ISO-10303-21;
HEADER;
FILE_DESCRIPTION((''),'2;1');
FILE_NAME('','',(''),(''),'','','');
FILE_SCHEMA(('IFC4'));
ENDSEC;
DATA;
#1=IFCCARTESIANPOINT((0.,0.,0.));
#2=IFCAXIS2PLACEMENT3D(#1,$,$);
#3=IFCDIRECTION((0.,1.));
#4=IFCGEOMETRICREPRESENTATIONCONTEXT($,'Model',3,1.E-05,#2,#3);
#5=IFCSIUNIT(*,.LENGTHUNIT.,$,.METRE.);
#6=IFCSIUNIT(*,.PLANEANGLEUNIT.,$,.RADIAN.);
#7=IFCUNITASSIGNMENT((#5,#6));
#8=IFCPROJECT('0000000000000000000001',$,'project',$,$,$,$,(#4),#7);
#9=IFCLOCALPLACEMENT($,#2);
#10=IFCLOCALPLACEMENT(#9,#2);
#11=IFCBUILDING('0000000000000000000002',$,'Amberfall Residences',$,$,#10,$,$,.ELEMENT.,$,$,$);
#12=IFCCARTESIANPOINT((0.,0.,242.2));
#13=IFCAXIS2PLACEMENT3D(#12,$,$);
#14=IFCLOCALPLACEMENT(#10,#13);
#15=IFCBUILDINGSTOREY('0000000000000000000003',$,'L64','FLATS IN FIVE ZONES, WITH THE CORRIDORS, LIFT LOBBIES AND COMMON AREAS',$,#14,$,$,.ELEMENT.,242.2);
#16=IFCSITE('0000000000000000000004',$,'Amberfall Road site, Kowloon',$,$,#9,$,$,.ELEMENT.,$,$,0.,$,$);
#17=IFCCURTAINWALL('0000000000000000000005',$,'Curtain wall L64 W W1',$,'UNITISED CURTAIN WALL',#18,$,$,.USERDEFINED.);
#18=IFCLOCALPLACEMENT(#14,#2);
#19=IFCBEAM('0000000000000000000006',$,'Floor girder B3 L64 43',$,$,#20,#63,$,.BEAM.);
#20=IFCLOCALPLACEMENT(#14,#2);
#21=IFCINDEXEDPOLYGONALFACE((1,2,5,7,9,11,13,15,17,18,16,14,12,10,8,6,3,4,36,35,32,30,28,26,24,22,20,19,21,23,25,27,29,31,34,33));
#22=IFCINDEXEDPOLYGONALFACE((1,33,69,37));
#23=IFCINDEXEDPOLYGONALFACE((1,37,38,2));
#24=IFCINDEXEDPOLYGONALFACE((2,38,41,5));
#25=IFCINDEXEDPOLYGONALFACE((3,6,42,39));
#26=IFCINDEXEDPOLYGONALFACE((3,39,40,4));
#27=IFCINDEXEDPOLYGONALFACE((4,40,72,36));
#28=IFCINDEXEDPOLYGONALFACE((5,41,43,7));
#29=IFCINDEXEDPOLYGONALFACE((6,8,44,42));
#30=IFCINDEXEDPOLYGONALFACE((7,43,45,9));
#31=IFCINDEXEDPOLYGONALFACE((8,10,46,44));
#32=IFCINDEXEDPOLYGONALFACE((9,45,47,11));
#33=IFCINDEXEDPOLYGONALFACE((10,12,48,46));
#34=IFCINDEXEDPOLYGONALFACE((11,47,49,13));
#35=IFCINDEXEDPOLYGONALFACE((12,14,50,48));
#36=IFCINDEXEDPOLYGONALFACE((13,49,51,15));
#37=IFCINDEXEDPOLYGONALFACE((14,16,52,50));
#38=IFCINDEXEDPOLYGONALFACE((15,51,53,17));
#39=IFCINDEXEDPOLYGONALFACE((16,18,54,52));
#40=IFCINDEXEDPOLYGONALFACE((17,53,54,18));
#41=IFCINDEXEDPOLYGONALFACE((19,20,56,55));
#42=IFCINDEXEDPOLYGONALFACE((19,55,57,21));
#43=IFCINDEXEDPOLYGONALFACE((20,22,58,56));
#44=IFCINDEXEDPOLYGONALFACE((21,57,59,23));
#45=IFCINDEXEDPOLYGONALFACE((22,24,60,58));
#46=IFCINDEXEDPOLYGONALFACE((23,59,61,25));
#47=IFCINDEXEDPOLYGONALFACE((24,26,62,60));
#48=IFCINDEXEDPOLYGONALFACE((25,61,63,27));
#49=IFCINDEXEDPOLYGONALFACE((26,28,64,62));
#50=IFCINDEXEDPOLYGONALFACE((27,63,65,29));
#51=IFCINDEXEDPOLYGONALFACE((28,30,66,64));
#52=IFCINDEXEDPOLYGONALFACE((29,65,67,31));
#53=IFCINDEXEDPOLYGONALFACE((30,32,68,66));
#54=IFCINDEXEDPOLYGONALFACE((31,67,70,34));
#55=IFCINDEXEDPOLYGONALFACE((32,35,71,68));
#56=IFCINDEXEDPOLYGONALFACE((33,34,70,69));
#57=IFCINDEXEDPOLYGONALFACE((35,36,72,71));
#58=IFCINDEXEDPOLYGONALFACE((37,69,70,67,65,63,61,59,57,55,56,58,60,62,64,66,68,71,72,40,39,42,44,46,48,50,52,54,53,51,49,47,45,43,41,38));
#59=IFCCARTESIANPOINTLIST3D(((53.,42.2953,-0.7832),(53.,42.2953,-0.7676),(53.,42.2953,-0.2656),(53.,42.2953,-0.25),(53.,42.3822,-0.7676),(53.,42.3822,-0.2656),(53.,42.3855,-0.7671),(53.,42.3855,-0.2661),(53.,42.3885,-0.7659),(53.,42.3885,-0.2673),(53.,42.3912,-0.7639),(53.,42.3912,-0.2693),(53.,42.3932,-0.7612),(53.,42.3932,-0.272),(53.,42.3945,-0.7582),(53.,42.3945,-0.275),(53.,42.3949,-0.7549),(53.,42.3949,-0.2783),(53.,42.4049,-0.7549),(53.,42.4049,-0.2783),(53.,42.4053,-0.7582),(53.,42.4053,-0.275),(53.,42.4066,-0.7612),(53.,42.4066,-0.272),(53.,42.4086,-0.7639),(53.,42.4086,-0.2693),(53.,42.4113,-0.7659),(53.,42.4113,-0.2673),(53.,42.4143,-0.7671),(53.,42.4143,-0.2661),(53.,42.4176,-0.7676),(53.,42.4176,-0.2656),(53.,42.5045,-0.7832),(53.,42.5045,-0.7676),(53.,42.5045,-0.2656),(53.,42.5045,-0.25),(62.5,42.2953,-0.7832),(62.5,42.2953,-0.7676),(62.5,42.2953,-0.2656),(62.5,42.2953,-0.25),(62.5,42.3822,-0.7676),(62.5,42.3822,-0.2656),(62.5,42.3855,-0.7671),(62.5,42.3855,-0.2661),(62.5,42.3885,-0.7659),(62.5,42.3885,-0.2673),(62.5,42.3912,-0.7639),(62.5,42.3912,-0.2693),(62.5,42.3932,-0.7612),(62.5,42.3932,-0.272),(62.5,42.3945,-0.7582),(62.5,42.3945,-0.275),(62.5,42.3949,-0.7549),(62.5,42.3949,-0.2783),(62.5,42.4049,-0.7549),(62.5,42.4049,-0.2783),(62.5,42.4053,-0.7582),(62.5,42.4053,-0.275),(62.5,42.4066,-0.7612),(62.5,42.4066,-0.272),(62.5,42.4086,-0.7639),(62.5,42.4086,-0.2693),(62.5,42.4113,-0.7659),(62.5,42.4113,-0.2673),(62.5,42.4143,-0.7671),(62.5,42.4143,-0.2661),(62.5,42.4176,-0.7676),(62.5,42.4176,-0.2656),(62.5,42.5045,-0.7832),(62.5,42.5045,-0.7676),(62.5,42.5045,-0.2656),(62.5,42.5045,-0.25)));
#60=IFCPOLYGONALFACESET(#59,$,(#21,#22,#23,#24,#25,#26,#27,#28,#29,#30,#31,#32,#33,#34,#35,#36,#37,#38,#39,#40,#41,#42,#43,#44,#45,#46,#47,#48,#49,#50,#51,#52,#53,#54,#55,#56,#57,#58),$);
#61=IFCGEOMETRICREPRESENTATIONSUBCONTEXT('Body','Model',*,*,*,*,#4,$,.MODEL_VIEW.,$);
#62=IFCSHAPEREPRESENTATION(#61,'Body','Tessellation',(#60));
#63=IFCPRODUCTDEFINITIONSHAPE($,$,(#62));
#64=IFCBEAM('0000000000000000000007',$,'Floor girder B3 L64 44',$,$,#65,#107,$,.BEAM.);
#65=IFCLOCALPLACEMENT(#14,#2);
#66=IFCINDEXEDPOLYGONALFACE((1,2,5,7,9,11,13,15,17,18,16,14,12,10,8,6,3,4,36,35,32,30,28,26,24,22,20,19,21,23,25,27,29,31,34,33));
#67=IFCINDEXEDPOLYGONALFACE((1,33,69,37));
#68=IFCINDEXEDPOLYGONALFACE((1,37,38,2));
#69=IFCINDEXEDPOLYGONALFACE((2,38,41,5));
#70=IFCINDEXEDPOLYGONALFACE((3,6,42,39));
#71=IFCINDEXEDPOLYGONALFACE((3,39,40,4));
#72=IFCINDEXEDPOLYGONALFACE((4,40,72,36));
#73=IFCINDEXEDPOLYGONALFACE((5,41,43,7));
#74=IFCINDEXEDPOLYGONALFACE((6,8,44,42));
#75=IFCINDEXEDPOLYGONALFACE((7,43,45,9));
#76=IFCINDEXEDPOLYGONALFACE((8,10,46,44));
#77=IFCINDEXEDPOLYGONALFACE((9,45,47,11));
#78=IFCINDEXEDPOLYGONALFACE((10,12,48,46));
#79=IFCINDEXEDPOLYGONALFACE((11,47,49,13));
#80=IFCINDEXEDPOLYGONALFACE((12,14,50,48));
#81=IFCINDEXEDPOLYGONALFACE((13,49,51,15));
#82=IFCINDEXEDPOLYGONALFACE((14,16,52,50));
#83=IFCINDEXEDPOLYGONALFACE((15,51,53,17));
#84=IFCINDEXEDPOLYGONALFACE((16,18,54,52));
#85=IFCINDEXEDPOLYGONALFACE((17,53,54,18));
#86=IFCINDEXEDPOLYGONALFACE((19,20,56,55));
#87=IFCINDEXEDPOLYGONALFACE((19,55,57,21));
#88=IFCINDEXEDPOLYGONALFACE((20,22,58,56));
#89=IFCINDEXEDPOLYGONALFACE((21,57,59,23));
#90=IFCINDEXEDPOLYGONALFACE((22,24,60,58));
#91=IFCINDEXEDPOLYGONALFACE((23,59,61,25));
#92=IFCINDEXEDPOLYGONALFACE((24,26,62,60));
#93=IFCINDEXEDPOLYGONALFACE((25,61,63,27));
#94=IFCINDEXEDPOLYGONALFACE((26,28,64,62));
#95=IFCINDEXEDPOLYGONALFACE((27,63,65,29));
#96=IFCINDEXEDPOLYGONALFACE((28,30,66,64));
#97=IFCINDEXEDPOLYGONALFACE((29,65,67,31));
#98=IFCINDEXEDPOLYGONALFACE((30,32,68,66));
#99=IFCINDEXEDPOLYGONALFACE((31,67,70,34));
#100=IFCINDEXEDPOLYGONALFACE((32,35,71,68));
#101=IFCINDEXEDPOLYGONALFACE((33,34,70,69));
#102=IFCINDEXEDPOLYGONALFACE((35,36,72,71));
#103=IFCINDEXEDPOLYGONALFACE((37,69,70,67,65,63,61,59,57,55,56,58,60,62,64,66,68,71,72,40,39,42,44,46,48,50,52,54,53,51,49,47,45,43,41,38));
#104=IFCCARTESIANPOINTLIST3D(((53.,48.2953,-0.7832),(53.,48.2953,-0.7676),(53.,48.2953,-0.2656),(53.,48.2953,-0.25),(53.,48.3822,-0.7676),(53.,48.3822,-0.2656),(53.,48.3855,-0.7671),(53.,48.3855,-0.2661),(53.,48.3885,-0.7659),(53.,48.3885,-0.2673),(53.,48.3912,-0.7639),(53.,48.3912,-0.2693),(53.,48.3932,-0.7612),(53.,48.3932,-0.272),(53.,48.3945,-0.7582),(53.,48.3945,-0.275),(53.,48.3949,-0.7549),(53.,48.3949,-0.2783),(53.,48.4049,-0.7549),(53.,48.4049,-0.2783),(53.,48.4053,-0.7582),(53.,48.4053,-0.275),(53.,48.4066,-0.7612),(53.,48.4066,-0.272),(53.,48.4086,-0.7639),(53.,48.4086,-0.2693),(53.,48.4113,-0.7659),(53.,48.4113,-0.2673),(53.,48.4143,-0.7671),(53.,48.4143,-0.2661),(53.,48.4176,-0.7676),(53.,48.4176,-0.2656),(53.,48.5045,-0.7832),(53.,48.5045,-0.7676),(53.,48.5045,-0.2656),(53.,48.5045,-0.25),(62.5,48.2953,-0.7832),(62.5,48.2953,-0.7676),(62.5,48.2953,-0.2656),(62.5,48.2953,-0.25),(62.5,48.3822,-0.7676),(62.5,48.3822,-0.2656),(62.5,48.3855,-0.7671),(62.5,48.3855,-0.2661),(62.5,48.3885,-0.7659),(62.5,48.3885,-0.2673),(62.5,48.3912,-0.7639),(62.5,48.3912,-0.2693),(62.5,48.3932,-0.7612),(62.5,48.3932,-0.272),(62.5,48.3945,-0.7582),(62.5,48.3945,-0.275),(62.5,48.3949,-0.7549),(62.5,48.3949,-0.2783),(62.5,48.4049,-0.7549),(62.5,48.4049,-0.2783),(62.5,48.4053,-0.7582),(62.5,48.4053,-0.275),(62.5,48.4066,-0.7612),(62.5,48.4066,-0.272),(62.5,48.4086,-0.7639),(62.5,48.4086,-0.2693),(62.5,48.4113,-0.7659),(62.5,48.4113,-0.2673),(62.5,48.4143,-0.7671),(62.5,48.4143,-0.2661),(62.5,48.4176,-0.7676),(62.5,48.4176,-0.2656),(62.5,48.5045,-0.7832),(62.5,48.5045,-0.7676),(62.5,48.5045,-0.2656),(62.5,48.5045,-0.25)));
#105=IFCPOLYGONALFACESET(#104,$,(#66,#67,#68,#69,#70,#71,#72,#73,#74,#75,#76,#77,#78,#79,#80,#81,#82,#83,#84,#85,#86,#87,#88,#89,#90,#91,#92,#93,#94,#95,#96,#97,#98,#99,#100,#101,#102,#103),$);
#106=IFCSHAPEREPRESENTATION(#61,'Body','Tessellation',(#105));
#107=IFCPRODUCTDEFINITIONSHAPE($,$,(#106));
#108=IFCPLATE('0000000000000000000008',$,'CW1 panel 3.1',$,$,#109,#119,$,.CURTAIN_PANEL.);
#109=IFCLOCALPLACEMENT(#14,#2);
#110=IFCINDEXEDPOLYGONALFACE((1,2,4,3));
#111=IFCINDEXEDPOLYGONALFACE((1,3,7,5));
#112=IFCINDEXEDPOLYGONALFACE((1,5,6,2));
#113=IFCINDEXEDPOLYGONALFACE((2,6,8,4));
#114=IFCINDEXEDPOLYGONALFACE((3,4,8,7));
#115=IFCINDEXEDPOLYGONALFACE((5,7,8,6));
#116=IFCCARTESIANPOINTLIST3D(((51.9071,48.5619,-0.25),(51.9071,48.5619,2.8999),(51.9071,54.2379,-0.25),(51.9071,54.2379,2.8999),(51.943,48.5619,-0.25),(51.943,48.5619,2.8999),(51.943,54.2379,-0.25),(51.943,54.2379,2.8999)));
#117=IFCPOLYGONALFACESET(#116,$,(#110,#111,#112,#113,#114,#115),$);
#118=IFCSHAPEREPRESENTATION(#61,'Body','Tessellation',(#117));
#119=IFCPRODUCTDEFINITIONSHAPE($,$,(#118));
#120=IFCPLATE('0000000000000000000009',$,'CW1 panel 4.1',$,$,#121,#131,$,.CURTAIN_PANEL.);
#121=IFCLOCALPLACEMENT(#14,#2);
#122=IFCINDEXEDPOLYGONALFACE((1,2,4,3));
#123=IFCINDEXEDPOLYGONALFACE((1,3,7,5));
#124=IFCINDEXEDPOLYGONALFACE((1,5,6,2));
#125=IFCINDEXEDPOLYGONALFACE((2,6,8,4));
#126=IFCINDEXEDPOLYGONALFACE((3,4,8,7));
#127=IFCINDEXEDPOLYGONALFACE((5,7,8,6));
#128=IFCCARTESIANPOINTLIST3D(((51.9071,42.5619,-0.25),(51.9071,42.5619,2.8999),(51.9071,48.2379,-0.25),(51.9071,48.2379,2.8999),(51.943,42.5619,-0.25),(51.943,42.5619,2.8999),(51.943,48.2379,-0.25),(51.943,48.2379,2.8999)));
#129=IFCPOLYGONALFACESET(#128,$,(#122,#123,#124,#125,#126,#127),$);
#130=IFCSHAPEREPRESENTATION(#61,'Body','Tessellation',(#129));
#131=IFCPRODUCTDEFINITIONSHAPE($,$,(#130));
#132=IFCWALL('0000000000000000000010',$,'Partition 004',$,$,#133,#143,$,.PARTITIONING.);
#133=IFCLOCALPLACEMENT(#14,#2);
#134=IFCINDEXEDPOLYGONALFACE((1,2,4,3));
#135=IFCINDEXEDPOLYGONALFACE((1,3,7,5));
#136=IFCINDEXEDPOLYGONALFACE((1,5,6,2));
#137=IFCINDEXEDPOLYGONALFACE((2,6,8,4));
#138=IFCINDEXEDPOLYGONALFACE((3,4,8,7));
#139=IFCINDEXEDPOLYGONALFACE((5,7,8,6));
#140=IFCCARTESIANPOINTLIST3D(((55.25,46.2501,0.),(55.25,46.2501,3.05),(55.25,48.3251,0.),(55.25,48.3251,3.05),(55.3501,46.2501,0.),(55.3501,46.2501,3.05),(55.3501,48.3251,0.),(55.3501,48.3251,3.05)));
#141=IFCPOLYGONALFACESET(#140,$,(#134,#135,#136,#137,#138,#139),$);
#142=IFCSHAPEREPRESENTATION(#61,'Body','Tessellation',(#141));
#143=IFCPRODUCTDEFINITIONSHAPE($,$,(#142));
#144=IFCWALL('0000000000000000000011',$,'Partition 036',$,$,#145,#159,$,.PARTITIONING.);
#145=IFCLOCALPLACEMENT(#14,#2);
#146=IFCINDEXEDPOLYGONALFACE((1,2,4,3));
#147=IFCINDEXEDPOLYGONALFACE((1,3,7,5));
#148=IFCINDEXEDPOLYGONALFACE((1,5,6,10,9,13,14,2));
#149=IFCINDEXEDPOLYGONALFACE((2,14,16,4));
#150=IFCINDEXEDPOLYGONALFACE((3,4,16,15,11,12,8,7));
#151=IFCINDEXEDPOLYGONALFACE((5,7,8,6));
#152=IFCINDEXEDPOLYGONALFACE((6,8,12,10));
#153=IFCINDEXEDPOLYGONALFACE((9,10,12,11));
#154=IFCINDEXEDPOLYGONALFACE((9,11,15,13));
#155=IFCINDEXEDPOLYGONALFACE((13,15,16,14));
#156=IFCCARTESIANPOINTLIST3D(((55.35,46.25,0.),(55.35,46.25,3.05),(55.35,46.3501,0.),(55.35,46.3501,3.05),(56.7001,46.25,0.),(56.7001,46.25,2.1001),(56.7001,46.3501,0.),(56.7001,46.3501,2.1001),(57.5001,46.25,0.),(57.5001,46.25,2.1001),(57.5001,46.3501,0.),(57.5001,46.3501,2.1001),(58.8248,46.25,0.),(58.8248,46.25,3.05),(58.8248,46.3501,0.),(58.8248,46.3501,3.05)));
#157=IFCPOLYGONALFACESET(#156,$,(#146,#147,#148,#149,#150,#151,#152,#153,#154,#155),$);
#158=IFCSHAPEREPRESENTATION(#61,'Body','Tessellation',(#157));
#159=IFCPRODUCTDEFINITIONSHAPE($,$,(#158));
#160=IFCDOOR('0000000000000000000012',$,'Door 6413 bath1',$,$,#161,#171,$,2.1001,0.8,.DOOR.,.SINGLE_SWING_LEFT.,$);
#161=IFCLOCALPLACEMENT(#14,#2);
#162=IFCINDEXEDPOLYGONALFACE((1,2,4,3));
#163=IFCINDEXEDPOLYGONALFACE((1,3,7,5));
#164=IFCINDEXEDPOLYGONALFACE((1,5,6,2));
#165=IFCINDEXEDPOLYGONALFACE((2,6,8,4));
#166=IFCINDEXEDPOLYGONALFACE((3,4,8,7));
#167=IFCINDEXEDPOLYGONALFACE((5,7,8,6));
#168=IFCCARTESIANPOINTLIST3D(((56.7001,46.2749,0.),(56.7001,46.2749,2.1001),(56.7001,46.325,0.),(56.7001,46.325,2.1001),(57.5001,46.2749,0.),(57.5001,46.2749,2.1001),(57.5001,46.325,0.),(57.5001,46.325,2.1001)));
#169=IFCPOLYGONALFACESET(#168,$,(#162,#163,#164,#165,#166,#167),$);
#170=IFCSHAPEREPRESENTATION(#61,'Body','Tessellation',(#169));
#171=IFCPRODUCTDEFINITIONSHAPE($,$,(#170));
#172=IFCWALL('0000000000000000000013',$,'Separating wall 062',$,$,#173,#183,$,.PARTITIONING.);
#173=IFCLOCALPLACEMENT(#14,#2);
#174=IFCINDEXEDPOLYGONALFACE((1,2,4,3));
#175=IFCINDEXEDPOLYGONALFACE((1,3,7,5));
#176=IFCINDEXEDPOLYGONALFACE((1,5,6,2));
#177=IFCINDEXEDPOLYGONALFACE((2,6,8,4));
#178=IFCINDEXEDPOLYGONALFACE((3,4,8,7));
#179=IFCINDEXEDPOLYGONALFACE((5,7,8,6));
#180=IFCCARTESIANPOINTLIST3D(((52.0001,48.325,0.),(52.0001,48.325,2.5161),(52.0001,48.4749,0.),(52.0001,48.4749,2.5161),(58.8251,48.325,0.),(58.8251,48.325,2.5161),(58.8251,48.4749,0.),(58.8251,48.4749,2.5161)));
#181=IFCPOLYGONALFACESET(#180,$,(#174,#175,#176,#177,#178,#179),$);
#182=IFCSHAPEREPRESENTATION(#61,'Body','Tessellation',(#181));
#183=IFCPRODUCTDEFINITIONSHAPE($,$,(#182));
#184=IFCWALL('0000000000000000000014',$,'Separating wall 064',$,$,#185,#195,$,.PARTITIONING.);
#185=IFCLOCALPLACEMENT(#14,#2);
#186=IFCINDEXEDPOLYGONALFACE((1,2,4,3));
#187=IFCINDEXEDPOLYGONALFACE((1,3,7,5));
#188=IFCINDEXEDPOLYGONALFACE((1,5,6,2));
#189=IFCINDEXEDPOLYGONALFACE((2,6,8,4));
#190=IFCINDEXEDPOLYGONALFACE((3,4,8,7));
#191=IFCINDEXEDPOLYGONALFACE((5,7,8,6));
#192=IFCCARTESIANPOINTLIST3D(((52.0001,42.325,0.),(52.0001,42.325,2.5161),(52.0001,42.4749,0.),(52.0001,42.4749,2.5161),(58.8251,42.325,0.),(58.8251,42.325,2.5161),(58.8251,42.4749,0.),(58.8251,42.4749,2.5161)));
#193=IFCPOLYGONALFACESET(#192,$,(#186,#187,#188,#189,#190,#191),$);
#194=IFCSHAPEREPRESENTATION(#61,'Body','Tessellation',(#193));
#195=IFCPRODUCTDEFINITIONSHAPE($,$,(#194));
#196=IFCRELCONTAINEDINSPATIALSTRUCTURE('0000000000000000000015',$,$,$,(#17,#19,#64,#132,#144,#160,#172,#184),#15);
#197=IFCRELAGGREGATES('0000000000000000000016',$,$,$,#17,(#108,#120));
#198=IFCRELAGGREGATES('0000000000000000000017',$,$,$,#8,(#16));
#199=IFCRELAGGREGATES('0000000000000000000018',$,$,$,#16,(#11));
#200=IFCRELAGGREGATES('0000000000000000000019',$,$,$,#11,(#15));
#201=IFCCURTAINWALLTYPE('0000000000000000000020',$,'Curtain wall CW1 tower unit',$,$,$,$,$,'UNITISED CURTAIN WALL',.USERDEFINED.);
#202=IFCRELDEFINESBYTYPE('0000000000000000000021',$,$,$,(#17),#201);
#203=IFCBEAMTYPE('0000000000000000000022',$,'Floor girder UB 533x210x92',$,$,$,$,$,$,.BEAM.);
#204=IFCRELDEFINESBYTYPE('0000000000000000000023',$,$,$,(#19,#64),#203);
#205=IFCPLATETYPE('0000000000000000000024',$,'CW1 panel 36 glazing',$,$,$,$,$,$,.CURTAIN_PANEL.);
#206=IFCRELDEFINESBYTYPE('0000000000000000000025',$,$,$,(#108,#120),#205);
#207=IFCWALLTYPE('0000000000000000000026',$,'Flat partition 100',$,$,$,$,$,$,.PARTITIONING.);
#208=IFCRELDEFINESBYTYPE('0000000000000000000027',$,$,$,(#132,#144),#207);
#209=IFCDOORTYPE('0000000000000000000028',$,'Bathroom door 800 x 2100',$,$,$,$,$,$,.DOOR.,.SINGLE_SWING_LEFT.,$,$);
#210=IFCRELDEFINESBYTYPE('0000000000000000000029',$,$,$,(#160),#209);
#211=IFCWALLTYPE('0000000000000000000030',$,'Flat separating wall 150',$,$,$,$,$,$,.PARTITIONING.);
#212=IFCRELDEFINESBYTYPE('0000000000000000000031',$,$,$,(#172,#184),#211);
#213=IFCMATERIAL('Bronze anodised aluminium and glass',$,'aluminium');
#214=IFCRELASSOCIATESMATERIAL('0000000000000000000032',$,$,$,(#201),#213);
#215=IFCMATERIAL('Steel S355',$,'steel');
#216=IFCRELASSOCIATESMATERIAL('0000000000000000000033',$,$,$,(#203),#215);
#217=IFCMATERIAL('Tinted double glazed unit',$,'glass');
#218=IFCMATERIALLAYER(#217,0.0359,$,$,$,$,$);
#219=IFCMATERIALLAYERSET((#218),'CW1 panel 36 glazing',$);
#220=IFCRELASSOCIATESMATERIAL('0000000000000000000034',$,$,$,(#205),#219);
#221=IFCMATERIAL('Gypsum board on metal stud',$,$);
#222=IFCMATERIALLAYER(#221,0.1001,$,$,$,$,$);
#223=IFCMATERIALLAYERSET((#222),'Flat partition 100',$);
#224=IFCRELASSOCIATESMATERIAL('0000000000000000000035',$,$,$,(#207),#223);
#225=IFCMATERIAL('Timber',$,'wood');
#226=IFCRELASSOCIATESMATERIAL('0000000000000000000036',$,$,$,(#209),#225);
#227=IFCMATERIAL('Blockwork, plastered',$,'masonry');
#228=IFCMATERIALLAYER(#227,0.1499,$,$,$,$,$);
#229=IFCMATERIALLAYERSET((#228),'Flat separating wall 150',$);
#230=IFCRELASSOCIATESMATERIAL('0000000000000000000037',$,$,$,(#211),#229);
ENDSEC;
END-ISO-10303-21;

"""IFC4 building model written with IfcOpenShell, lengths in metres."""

from ifc_helpers import new_model, si_unit, direction, frame, frame_2d, origin, origin_2d, place, context, subcontext, project, spatial, rectangle, i_section, extrude, material, layer, layer_set, material_profile, profile_set, type_object, element, fill, aggregate, save


model = new_model("IFC4")

# Units and contexts
model_context = context("Model", 3, precision=1e-05, world=origin(), true_north=direction((0.0, 1.0)))
body_context = subcontext(model_context, "Body", "Model", "MODEL_VIEW")
ifc_project = project(units=[si_unit("LENGTHUNIT", "METRE"), si_unit("PLANEANGLEUNIT", "RADIAN")], contexts=[model_context])

# Site, building, storey
site_placement = place(None, origin())
site = spatial("IfcSite", under=ifc_project, at=site_placement, Name="Amberfall Road site, Kowloon", CompositionType="ELEMENT", RefElevation=0.0)
building_placement = place(site_placement, origin())
building = spatial("IfcBuilding", under=site, at=building_placement, Name="Amberfall Residences", CompositionType="ELEMENT")
storey_placement = place(building_placement, frame((0.0, 0.0, 242.2)))
storey = spatial("IfcBuildingStorey", under=building, at=storey_placement, Name="L64", Description="FLATS IN FIVE ZONES, WITH THE CORRIDORS, LIFT LOBBIES AND COMMON AREAS", CompositionType="ELEMENT", Elevation=242.2)

# Curtain wall
ifc_material_1 = material(Name="Bronze anodised aluminium and glass", Category="aluminium")
curtain_wall_type = type_object("IfcCurtainWallType", Name="Curtain wall CW1 tower unit", ElementType="UNITISED CURTAIN WALL", PredefinedType="USERDEFINED", material=ifc_material_1)
curtain_wall_placement = place(storey_placement, origin())
curtain_wall = element("IfcCurtainWall", 1, at=curtain_wall_placement, inside=storey, type_object=curtain_wall_type, Name="Curtain wall L64 W W1", ObjectType="UNITISED CURTAIN WALL", PredefinedType="USERDEFINED")

# Shared definitions
ifc_material_2 = material(Name="Steel S355", Category="steel")

# Beams
ifc_material_profile_1 = material_profile(ifc_material_2, i_section(OverallWidth=0.2092, OverallDepth=0.5332, WebThickness=0.01, FlangeThickness=0.0156, FilletRadius=0.0127, at=origin_2d()), Name="UB 533x210x92")
ifc_profile_set_1 = profile_set([ifc_material_profile_1], Name="Steel S355")
beam_type_1 = type_object("IfcBeamType", Name="Floor girder UB 533x210x92", PredefinedType="BEAM", material=ifc_profile_set_1)
for number, where, z_axis, x_axis, name in (
    (2, (53.0, 42.3999, -0.5166), (1.0, 0.0, 0.0), (0.0, 1.0, 0.0), "Floor girder B3 L64 43"),
    (3, (53.0, 48.3999, -0.5166), (1.0, 0.0, 0.0), (0.0, 1.0, 0.0), "Floor girder B3 L64 44"),
):
    element("IfcBeam", number, at=place(storey_placement, frame(where, z_axis=z_axis, x_axis=x_axis)), inside=storey, type_object=beam_type_1, Name=name, PredefinedType="BEAM", context=body_context, shape_type="SweptSolid", body=[
        extrude(i_section(OverallWidth=0.2092, OverallDepth=0.5332, WebThickness=0.01, FlangeThickness=0.0156, FilletRadius=0.0127, at=origin_2d()), origin(), (0.0, 0.0, 1.0), 9.5),
    ])

# Plates
ifc_material_3 = material(Name="Tinted double glazed unit", Category="glass")
ifc_layer_1 = layer(ifc_material_3, 0.0359)
ifc_layer_set_1 = layer_set([ifc_layer_1], Name="CW1 panel 36 glazing")
plate_type = type_object("IfcPlateType", Name="CW1 panel 36 glazing", PredefinedType="CURTAIN_PANEL", material=ifc_layer_set_1)
plate_1_placement = place(storey_placement, frame((51.925, 51.3999, -0.25), z_axis=(0.0, 0.0, 1.0), x_axis=(0.0, -1.0, 0.0)))
plate_1 = element("IfcPlate", 4, at=plate_1_placement, type_object=plate_type, Name="CW1 panel 3.1", PredefinedType="CURTAIN_PANEL", context=body_context, shape_type="SweptSolid", body=[
    extrude(rectangle(XDim=5.676, YDim=0.0359, at=origin_2d()), origin(), (0.0, 0.0, 1.0), 3.1499),
])
plate_2_placement = place(storey_placement, frame((51.925, 45.3999, -0.25), z_axis=(0.0, 0.0, 1.0), x_axis=(0.0, -1.0, 0.0)))
plate_2 = element("IfcPlate", 5, at=plate_2_placement, type_object=plate_type, Name="CW1 panel 4.1", PredefinedType="CURTAIN_PANEL", context=body_context, shape_type="SweptSolid", body=[
    extrude(rectangle(XDim=5.676, YDim=0.0359, at=origin_2d()), origin(), (0.0, 0.0, 1.0), 3.1499),
])
aggregate(curtain_wall, [plate_1, plate_2])

# Wall
ifc_material_4 = material(Name="Gypsum board on metal stud")
ifc_layer_2 = layer(ifc_material_4, 0.1001)
ifc_layer_set_2 = layer_set([ifc_layer_2], Name="Flat partition 100")
wall_type_1 = type_object("IfcWallType", Name="Flat partition 100", PredefinedType="PARTITIONING", material=ifc_layer_set_2)
wall_1_placement = place(storey_placement, frame((55.3, 46.25, 0.0), z_axis=(0.0, 0.0, 1.0), x_axis=(0.0, 1.0, 0.0)))
element("IfcWall", 6, at=wall_1_placement, inside=storey, type_object=wall_type_1, Name="Partition 004", PredefinedType="PARTITIONING", context=body_context, shape_type="SweptSolid", body=[
    extrude(rectangle(XDim=2.075, YDim=0.1001, at=frame_2d((1.0376, 0.0))), origin(), (0.0, 0.0, 1.0), 3.05),
])

# Wall, opening, door
wall_2_placement = place(storey_placement, frame((55.3501, 46.3, 0.0), z_axis=(0.0, 0.0, 1.0), x_axis=(1.0, 0.0, 0.0)))
wall_2 = element("IfcWall", 7, at=wall_2_placement, inside=storey, type_object=wall_type_1, Name="Partition 036", PredefinedType="PARTITIONING", context=body_context, shape_type="SweptSolid", body=[
    extrude(rectangle(XDim=3.4749, YDim=0.1001, at=frame_2d((1.7373, 0.0))), origin(), (0.0, 0.0, 1.0), 3.05),
])
opening_placement = place(wall_2_placement, frame((1.3501, 0.0, 0.0)))
opening = element("IfcOpeningElement", 8, at=opening_placement, cuts=wall_2, PredefinedType="OPENING", context=body_context, shape_type="SweptSolid", body=[
    extrude(rectangle(XDim=0.8, YDim=2.1001, at=frame_2d((0.3999, 1.05))), frame((0.0, 0.0601, 0.0), z_axis=(0.0, -1.0, 0.0), x_axis=(1.0, 0.0, 0.0)), (0.0, 0.0, 1.0), 0.1201),
])
ifc_material_5 = material(Name="Timber", Category="wood")
door_type = type_object("IfcDoorType", Name="Bathroom door 800 x 2100", OperationType="SINGLE_SWING_LEFT", PredefinedType="DOOR", material=ifc_material_5)
door_placement = place(opening_placement, origin())
door = element("IfcDoor", 9, at=door_placement, inside=storey, type_object=door_type, Name="Door 6413 bath1", OperationType="SINGLE_SWING_LEFT", OverallHeight=2.1001, OverallWidth=0.8, PredefinedType="DOOR", context=body_context, shape_type="SweptSolid", body=[
    extrude(rectangle(XDim=0.8, YDim=2.1001, at=frame_2d((0.3999, 1.05))), frame((0.0, 0.0249, 0.0), z_axis=(0.0, -1.0, 0.0), x_axis=(1.0, 0.0, 0.0)), (0.0, 0.0, 1.0), 0.05),
])
fill(opening, door)

# Walls
ifc_material_6 = material(Name="Blockwork, plastered", Category="masonry")
ifc_layer_3 = layer(ifc_material_6, 0.1499)
ifc_layer_set_3 = layer_set([ifc_layer_3], Name="Flat separating wall 150")
wall_type_2 = type_object("IfcWallType", Name="Flat separating wall 150", PredefinedType="PARTITIONING", material=ifc_layer_set_3)
for number, where, z_axis, x_axis, name in (
    (10, (52.0, 48.3999, 0.0), (0.0, 0.0, 1.0), (1.0, 0.0, 0.0), "Separating wall 062"),
    (11, (52.0, 42.3999, 0.0), (0.0, 0.0, 1.0), (1.0, 0.0, 0.0), "Separating wall 064"),
):
    element("IfcWall", number, at=place(storey_placement, frame(where, z_axis=z_axis, x_axis=x_axis)), inside=storey, type_object=wall_type_2, Name=name, PredefinedType="PARTITIONING", context=body_context, shape_type="SweptSolid", body=[
        extrude(rectangle(XDim=6.825, YDim=0.1499, at=frame_2d((3.4126, 0.0))), origin(), (0.0, 0.0, 1.0), 2.5161),
    ])

save(model, "model.ifc")
